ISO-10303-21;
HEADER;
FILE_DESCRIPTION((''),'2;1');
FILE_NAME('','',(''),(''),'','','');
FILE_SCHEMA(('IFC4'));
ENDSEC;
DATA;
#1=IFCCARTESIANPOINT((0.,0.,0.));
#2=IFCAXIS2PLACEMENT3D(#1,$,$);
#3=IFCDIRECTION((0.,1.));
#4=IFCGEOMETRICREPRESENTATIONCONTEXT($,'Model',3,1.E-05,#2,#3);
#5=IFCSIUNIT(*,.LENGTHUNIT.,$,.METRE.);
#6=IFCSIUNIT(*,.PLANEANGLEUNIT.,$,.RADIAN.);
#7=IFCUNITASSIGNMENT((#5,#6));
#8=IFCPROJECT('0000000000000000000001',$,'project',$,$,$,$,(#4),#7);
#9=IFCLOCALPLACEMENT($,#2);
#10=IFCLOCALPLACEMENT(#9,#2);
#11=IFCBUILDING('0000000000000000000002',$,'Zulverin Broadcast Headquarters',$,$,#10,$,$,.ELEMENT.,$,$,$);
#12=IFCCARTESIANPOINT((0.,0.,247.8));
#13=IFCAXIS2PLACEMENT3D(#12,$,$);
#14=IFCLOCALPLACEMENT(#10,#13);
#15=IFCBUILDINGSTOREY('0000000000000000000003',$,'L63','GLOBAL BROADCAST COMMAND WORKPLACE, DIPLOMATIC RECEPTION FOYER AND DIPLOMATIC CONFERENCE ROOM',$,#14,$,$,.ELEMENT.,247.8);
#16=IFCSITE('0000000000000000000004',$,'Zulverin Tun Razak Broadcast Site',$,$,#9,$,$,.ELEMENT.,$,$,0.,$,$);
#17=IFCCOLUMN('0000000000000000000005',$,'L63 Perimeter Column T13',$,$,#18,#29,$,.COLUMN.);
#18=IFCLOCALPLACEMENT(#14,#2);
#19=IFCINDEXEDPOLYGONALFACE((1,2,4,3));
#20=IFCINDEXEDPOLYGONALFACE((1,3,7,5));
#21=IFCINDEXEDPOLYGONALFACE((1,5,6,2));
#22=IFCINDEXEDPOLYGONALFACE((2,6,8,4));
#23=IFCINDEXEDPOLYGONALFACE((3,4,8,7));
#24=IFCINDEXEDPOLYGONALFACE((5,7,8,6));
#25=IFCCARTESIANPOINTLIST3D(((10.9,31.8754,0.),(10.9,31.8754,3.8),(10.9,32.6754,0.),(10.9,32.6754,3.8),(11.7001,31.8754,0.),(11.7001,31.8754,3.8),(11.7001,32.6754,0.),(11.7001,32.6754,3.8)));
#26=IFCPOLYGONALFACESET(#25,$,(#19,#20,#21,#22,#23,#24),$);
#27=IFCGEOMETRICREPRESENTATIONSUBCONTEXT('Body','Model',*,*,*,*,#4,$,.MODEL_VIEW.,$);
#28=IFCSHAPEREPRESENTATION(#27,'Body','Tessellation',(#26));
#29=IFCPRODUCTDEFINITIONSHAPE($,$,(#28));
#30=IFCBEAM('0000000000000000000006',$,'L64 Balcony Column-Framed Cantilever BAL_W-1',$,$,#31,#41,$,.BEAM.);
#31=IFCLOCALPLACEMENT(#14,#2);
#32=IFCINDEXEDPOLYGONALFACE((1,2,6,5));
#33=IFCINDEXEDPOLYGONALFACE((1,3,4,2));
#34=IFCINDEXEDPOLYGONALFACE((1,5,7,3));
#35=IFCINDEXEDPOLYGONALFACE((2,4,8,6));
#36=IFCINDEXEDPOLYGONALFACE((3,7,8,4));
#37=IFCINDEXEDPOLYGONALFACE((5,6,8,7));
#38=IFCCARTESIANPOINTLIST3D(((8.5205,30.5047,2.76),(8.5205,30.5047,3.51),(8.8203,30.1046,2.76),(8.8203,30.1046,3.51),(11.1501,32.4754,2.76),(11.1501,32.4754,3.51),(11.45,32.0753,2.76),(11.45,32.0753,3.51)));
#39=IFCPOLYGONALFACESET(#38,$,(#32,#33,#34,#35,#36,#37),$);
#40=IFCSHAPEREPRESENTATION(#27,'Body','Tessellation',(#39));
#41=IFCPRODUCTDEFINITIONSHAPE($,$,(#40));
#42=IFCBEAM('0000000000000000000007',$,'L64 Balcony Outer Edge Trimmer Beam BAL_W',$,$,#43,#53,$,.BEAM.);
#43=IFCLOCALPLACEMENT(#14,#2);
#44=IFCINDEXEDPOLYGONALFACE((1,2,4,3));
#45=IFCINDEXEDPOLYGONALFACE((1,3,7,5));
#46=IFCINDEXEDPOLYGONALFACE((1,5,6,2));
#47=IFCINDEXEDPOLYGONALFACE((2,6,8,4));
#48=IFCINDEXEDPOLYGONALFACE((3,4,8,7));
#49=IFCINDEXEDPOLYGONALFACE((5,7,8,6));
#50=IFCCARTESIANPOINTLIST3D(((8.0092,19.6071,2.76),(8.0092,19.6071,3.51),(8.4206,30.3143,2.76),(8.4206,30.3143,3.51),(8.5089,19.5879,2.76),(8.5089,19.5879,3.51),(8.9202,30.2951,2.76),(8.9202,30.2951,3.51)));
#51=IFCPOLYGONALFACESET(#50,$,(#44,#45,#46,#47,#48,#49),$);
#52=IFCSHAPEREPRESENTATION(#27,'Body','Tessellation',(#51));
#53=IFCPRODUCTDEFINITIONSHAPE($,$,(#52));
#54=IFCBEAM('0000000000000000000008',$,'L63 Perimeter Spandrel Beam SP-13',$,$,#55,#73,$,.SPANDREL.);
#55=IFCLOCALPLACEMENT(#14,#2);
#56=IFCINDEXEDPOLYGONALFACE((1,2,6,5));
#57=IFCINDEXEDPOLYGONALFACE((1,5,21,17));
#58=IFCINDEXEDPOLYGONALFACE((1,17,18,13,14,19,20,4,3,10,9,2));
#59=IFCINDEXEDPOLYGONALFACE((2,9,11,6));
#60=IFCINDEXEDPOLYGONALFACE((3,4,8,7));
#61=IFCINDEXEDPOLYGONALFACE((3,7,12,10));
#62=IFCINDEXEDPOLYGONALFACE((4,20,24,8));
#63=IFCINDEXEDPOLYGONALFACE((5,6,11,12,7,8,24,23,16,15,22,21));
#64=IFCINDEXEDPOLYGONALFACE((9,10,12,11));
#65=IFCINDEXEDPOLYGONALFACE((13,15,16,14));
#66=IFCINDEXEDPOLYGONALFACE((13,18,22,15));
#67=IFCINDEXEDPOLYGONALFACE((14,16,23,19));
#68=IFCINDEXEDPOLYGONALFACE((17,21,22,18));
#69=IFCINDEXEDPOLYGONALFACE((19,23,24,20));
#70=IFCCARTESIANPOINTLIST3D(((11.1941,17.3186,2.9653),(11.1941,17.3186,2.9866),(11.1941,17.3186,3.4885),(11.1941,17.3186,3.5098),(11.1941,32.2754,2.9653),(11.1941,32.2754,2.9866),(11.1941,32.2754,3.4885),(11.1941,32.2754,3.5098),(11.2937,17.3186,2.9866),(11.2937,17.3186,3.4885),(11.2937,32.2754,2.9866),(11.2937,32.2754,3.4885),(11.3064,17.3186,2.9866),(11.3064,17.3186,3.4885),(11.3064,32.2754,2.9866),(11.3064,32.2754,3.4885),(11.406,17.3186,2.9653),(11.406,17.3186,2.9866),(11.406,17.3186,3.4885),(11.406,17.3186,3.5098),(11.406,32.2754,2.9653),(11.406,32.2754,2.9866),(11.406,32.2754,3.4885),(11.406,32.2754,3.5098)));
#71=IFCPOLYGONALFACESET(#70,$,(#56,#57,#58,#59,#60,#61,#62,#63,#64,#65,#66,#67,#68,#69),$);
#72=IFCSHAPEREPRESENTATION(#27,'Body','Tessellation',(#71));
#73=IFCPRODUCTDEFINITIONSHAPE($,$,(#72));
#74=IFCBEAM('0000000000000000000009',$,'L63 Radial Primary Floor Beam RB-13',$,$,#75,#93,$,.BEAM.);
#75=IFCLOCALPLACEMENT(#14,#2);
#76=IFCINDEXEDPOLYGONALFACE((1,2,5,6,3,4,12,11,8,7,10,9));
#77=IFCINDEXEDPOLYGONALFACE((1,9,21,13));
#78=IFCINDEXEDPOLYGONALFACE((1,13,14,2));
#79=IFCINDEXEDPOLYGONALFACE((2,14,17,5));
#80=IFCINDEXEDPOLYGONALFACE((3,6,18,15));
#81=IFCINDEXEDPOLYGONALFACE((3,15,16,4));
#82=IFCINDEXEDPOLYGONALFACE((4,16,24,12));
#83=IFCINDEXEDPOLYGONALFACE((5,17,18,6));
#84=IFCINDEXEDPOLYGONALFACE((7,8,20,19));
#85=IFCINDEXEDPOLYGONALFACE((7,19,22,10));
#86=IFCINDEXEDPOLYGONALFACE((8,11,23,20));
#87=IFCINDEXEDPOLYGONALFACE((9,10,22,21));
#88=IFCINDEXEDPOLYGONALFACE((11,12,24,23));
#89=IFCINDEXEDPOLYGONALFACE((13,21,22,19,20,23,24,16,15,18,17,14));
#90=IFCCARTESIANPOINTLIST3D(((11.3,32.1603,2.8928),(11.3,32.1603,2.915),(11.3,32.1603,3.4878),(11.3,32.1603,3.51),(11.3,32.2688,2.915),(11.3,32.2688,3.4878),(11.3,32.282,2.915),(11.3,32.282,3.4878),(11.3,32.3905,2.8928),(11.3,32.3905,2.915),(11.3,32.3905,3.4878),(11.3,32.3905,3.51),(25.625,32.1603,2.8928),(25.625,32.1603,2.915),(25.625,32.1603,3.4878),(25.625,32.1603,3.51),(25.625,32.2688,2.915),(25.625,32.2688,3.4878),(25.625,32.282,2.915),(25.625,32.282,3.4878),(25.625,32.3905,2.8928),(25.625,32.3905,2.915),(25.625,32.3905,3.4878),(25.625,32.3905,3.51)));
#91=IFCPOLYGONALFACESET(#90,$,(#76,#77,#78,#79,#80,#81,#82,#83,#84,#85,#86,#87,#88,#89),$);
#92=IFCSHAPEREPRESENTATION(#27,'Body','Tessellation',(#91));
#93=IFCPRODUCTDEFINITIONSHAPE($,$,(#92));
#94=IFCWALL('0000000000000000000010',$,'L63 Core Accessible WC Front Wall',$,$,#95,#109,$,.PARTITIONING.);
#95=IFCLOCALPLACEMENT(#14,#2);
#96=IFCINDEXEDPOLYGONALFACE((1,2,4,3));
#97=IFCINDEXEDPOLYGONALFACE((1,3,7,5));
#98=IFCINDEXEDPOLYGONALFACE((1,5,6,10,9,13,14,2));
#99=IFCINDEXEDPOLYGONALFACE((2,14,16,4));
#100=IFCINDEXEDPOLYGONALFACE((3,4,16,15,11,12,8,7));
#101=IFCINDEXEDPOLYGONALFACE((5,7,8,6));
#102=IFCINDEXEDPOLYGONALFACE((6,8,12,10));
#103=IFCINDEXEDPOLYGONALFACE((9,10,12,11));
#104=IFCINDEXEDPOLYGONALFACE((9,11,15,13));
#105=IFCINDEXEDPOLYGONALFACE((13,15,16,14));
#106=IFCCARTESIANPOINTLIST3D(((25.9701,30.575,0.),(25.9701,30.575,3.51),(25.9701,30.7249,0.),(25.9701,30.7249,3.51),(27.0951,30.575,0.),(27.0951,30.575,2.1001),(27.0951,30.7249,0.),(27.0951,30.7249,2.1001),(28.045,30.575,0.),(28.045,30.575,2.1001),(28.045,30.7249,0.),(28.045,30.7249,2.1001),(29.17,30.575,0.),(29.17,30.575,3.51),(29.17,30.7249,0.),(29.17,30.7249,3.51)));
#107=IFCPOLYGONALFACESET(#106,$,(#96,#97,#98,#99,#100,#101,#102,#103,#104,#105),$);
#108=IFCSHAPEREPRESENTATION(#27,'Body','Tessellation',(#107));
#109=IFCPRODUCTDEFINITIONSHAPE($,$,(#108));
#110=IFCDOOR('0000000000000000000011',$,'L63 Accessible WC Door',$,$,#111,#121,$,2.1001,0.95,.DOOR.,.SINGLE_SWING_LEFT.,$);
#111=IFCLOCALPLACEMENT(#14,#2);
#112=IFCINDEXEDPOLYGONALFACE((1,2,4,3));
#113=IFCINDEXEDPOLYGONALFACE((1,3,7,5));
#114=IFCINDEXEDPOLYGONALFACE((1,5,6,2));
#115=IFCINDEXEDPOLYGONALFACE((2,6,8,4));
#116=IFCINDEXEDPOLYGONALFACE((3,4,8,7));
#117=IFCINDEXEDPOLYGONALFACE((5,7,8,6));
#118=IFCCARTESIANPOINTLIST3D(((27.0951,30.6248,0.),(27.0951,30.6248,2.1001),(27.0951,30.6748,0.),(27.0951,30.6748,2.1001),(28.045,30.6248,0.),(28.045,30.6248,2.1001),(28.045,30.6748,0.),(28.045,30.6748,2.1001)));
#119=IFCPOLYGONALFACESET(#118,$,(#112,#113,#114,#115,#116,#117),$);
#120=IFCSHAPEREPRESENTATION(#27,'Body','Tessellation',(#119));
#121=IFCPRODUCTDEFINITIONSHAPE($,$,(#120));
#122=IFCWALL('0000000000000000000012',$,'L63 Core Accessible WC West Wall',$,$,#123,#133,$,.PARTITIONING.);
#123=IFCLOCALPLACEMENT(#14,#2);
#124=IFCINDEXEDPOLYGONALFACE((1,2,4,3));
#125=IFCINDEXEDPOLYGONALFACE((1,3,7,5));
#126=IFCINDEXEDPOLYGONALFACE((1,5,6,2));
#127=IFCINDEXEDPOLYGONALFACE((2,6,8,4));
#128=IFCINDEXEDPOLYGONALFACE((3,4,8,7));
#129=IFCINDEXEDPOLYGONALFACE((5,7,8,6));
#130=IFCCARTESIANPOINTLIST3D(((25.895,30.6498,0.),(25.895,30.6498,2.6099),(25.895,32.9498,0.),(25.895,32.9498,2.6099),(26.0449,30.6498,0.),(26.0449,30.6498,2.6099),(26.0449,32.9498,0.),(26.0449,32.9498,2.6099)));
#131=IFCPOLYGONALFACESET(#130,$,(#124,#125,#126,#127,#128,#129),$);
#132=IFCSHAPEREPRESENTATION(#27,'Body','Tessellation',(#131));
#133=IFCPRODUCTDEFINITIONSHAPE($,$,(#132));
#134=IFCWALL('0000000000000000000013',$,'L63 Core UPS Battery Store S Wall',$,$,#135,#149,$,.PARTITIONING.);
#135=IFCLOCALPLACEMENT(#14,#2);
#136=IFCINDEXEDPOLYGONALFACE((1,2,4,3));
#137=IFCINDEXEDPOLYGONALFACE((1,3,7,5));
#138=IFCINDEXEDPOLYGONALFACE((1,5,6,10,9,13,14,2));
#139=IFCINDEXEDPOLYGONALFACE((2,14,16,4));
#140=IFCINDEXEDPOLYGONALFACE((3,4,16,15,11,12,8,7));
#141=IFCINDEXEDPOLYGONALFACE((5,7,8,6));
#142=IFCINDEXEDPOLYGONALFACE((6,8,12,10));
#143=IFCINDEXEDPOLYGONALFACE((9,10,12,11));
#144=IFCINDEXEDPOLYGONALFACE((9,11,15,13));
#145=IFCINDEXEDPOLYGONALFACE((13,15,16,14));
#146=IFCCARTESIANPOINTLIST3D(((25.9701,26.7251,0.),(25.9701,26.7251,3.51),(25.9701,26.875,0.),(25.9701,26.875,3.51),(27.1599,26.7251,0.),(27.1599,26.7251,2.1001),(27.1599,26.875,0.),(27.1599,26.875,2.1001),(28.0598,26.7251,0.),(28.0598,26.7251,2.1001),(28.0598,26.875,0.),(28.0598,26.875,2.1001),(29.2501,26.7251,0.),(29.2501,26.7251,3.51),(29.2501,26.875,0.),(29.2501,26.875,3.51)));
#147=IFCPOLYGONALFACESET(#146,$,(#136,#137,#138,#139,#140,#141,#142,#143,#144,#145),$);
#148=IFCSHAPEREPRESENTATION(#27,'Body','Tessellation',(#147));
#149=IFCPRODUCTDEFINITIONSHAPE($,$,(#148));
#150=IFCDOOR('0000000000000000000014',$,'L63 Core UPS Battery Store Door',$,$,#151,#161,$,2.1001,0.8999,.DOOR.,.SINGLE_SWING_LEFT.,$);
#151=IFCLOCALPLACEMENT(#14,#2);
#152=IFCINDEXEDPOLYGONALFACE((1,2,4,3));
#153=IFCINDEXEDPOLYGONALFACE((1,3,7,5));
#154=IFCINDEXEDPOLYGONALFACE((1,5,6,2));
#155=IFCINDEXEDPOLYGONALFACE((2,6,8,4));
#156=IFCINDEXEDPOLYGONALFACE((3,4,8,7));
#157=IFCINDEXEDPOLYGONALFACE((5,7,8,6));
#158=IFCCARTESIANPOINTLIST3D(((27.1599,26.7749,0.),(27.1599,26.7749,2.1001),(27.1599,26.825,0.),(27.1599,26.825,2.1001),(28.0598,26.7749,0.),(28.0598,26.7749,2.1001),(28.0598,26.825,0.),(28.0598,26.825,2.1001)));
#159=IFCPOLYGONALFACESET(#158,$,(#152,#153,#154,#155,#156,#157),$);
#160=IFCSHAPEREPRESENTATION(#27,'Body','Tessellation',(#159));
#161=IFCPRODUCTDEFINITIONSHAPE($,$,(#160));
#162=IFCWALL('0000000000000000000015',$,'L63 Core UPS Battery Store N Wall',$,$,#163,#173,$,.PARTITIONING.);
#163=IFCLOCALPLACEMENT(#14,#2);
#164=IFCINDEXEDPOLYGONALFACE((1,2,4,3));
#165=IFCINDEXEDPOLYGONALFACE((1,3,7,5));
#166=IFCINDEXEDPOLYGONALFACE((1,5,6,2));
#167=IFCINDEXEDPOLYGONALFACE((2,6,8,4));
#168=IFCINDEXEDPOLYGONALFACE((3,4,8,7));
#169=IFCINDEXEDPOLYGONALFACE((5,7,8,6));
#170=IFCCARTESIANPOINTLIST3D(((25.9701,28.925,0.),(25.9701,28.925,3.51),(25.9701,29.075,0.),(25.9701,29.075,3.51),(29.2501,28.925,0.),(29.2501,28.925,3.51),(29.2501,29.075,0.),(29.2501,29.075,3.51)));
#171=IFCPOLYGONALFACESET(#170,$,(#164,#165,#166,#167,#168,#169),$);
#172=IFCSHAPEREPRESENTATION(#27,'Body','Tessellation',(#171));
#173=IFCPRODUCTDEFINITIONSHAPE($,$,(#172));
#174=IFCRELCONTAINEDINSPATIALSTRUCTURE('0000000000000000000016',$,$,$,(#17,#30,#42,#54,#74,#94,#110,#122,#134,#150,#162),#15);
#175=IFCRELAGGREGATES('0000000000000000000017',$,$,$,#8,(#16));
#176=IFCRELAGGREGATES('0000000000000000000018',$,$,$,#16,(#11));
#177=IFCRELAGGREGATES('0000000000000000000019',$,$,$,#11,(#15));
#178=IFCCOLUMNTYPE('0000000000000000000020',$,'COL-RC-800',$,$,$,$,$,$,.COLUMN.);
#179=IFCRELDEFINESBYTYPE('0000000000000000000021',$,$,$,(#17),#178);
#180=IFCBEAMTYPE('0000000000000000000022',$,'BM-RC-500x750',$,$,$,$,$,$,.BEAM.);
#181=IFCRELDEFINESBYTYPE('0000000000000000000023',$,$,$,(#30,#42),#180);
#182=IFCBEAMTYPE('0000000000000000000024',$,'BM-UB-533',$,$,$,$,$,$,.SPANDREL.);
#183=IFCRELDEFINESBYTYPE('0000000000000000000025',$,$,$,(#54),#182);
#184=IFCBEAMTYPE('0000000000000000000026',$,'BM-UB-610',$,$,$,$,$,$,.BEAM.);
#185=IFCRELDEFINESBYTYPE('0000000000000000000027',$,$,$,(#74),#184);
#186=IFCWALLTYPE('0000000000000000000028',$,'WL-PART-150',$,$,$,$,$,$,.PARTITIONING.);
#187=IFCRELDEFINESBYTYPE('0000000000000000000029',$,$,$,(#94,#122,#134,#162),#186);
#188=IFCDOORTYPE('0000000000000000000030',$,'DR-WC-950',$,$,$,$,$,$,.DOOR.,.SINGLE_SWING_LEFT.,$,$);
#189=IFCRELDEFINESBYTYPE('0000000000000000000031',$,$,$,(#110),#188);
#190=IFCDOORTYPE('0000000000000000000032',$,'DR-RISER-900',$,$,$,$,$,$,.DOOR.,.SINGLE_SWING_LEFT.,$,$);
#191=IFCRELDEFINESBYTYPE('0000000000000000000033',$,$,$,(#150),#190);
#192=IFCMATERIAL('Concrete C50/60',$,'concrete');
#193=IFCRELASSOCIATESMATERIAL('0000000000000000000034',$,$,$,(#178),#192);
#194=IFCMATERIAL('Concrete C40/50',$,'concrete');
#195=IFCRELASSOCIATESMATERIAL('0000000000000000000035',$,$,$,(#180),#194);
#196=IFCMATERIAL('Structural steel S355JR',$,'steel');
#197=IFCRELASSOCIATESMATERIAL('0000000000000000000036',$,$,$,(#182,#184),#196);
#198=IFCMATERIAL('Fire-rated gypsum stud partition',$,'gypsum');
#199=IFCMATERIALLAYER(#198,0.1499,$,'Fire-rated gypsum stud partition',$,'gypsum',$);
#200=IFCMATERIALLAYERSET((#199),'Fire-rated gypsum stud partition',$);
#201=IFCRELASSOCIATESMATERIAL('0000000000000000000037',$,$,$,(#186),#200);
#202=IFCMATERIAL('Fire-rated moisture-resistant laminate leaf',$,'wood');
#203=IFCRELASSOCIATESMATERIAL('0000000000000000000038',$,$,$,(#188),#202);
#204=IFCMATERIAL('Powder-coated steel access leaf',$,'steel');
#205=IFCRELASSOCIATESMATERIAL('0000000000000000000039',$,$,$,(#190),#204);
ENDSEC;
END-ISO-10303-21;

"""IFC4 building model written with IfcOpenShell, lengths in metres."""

from ifc_helpers import new_model, si_unit, direction, frame, frame_2d, origin, origin_2d, place, context, subcontext, project, spatial, rectangle, i_section, extrude, material, layer, layer_set, material_profile, profile_set, type_object, element, fill, save


model = new_model("IFC4")

# Units and contexts
model_context = context("Model", 3, precision=1e-05, world=origin(), true_north=direction((0.0, 1.0)))
body_context = subcontext(model_context, "Body", "Model", "MODEL_VIEW")
ifc_project = project(units=[si_unit("LENGTHUNIT", "METRE"), si_unit("PLANEANGLEUNIT", "RADIAN")], contexts=[model_context])

# Site, building, storey
site_placement = place(None, origin())
site = spatial("IfcSite", under=ifc_project, at=site_placement, Name="Zulverin Tun Razak Broadcast Site", CompositionType="ELEMENT", RefElevation=0.0)
building_placement = place(site_placement, origin())
building = spatial("IfcBuilding", under=site, at=building_placement, Name="Zulverin Broadcast Headquarters", CompositionType="ELEMENT")
storey_placement = place(building_placement, frame((0.0, 0.0, 247.8)))
storey = spatial("IfcBuildingStorey", under=building, at=storey_placement, Name="L63", Description="GLOBAL BROADCAST COMMAND WORKPLACE, DIPLOMATIC RECEPTION FOYER AND DIPLOMATIC CONFERENCE ROOM", CompositionType="ELEMENT", Elevation=247.8)

# Column
ifc_material_1 = material(Name="Concrete C50/60", Category="concrete")
ifc_material_profile_1 = material_profile(ifc_material_1, rectangle(XDim=0.8, YDim=0.8, at=origin_2d()), Name="Concrete C50/60", Category="concrete")
ifc_profile_set_1 = profile_set([ifc_material_profile_1], Name="Concrete C50/60")
column_type = type_object("IfcColumnType", Name="COL-RC-800", PredefinedType="COLUMN", material=ifc_profile_set_1)
column_placement = place(storey_placement, frame((11.3, 32.2754, 0.0), z_axis=(0.0, 0.0, 1.0), x_axis=(1.0, 0.0, 0.0)))
element("IfcColumn", 1, at=column_placement, inside=storey, type_object=column_type, Name="L63 Perimeter Column T13", PredefinedType="COLUMN", context=body_context, shape_type="SweptSolid", body=[
    extrude(rectangle(XDim=0.8, YDim=0.8, at=origin_2d()), origin(), (0.0, 0.0, 1.0), 3.8),
])

# Beams
ifc_material_2 = material(Name="Concrete C40/50", Category="concrete")
ifc_material_profile_2 = material_profile(ifc_material_2, rectangle(XDim=0.5, YDim=0.75, at=origin_2d()), Name="Concrete C40/50", Category="concrete")
ifc_profile_set_2 = profile_set([ifc_material_profile_2], Name="Concrete C40/50")
beam_type_1 = type_object("IfcBeamType", Name="BM-RC-500x750", PredefinedType="BEAM", material=ifc_profile_set_2)
beam_1_placement = place(storey_placement, frame((11.3, 32.2754, 3.135), z_axis=(-0.800223, -0.599703, 0.0), x_axis=(0.599703, -0.800223, 0.0)))
element("IfcBeam", 2, at=beam_1_placement, inside=storey, type_object=beam_type_1, Name="L64 Balcony Column-Framed Cantilever BAL_W-1", PredefinedType="BEAM", context=body_context, shape_type="SweptSolid", body=[
    extrude(rectangle(XDim=0.5, YDim=0.75, at=origin_2d()), origin(), (0.0, 0.0, 1.0), 3.2861),
])
beam_2_placement = place(storey_placement, frame((8.6704, 30.3047, 3.135), z_axis=(-0.038392, -0.999263, 0.0), x_axis=(0.999263, -0.038392, 0.0)))
element("IfcBeam", 3, at=beam_2_placement, inside=storey, type_object=beam_type_1, Name="L64 Balcony Outer Edge Trimmer Beam BAL_W", PredefinedType="BEAM", context=body_context, shape_type="SweptSolid", body=[
    extrude(rectangle(XDim=0.5, YDim=0.75, at=origin_2d()), origin(), (0.0, 0.0, 1.0), 10.7151),
])
ifc_material_3 = material(Name="Structural steel S355JR", Category="steel")
ifc_material_profile_3 = material_profile(ifc_material_3, i_section(OverallWidth=0.2119, OverallDepth=0.5444, WebThickness=0.0127, FlangeThickness=0.0212, at=origin_2d()), Name="Structural steel S355JR", Category="steel")
ifc_profile_set_3 = profile_set([ifc_material_profile_3], Name="Structural steel S355JR")
beam_type_2 = type_object("IfcBeamType", Name="BM-UB-533", PredefinedType="SPANDREL", material=ifc_profile_set_3)
beam_3_placement = place(storey_placement, frame((11.3, 32.2754, 3.2375), z_axis=(0.0, -1.0, 0.0), x_axis=(1.0, 0.0, 0.0)))
element("IfcBeam", 4, at=beam_3_placement, inside=storey, type_object=beam_type_2, Name="L63 Perimeter Spandrel Beam SP-13", PredefinedType="SPANDREL", context=body_context, shape_type="SweptSolid", body=[
    extrude(i_section(OverallWidth=0.2119, OverallDepth=0.5444, WebThickness=0.0127, FlangeThickness=0.0212, at=origin_2d()), origin(), (0.0, 0.0, 1.0), 14.9568),
])
ifc_material_profile_4 = material_profile(ifc_material_3, i_section(OverallWidth=0.2302, OverallDepth=0.6172, WebThickness=0.0132, FlangeThickness=0.0222, at=origin_2d()), Name="Structural steel S355JR", Category="steel")
ifc_profile_set_4 = profile_set([ifc_material_profile_4], Name="Structural steel S355JR")
beam_type_3 = type_object("IfcBeamType", Name="BM-UB-610", PredefinedType="BEAM", material=ifc_profile_set_4)
beam_4_placement = place(storey_placement, frame((25.625, 32.2754, 3.2014), z_axis=(-1.0, 0.0, 0.0), x_axis=(0.0, -1.0, 0.0)))
element("IfcBeam", 5, at=beam_4_placement, inside=storey, type_object=beam_type_3, Name="L63 Radial Primary Floor Beam RB-13", PredefinedType="BEAM", context=body_context, shape_type="SweptSolid", body=[
    extrude(i_section(OverallWidth=0.2302, OverallDepth=0.6172, WebThickness=0.0132, FlangeThickness=0.0222, at=origin_2d()), origin(), (0.0, 0.0, 1.0), 14.325),
])

# Wall, opening, door
ifc_material_4 = material(Name="Fire-rated gypsum stud partition", Category="gypsum")
ifc_layer_1 = layer(ifc_material_4, 0.1499, Name="Fire-rated gypsum stud partition", Category="gypsum")
ifc_layer_set_1 = layer_set([ifc_layer_1], Name="Fire-rated gypsum stud partition")
wall_type = type_object("IfcWallType", Name="WL-PART-150", PredefinedType="PARTITIONING", material=ifc_layer_set_1)
wall_1_placement = place(storey_placement, frame((25.97, 30.6499, 0.0), z_axis=(0.0, 0.0, 1.0), x_axis=(1.0, 0.0, 0.0)))
wall_1 = element("IfcWall", 6, at=wall_1_placement, inside=storey, type_object=wall_type, Name="L63 Core Accessible WC Front Wall", PredefinedType="PARTITIONING", context=body_context, shape_type="SweptSolid", body=[
    extrude(rectangle(XDim=3.2, YDim=0.1499, at=frame_2d((1.6001, 0.0))), origin(), (0.0, 0.0, 1.0), 3.51),
])
opening_1_placement = place(wall_1_placement, frame((1.125, 0.0, 0.0)))
opening_1 = element("IfcOpeningElement", 7, at=opening_1_placement, cuts=wall_1, PredefinedType="OPENING", context=body_context, shape_type="SweptSolid", body=[
    extrude(rectangle(XDim=0.95, YDim=2.1001, at=frame_2d((0.4751, 1.05))), frame((0.0, 0.085, 0.0), z_axis=(0.0, -1.0, 0.0), x_axis=(1.0, 0.0, 0.0)), (0.0, 0.0, 1.0), 0.1699),
])
ifc_material_5 = material(Name="Fire-rated moisture-resistant laminate leaf", Category="wood")
door_type_1 = type_object("IfcDoorType", Name="DR-WC-950", OperationType="SINGLE_SWING_LEFT", PredefinedType="DOOR", material=ifc_material_5)
door_1_placement = place(opening_1_placement, origin())
door_1 = element("IfcDoor", 8, at=door_1_placement, inside=storey, type_object=door_type_1, Name="L63 Accessible WC Door", OperationType="SINGLE_SWING_LEFT", OverallHeight=2.1001, OverallWidth=0.95, PredefinedType="DOOR", context=body_context, shape_type="SweptSolid", body=[
    extrude(rectangle(XDim=0.95, YDim=2.1001, at=frame_2d((0.4751, 1.05))), frame((0.0, 0.0249, 0.0), z_axis=(0.0, -1.0, 0.0), x_axis=(1.0, 0.0, 0.0)), (0.0, 0.0, 1.0), 0.05),
])
fill(opening_1, door_1)

# Wall
wall_2_placement = place(storey_placement, frame((25.97, 30.6499, 0.0), z_axis=(0.0, 0.0, 1.0), x_axis=(0.0, 1.0, 0.0)))
element("IfcWall", 9, at=wall_2_placement, inside=storey, type_object=wall_type, Name="L63 Core Accessible WC West Wall", PredefinedType="PARTITIONING", context=body_context, shape_type="SweptSolid", body=[
    extrude(rectangle(XDim=2.3, YDim=0.1499, at=frame_2d((1.1499, 0.0))), origin(), (0.0, 0.0, 1.0), 2.6099),
])

# Wall, opening, door
wall_3_placement = place(storey_placement, frame((25.97, 26.8, 0.0), z_axis=(0.0, 0.0, 1.0), x_axis=(1.0, 0.0, 0.0)))
wall_3 = element("IfcWall", 10, at=wall_3_placement, inside=storey, type_object=wall_type, Name="L63 Core UPS Battery Store S Wall", PredefinedType="PARTITIONING", context=body_context, shape_type="SweptSolid", body=[
    extrude(rectangle(XDim=3.28, YDim=0.1499, at=frame_2d((1.6401, 0.0))), origin(), (0.0, 0.0, 1.0), 3.51),
])
opening_2_placement = place(wall_3_placement, frame((1.1899, 0.0, 0.0)))
opening_2 = element("IfcOpeningElement", 11, at=opening_2_placement, cuts=wall_3, PredefinedType="OPENING", context=body_context, shape_type="SweptSolid", body=[
    extrude(rectangle(XDim=0.8999, YDim=2.1001, at=frame_2d((0.45, 1.05))), frame((0.0, 0.085, 0.0), z_axis=(0.0, -1.0, 0.0), x_axis=(1.0, 0.0, 0.0)), (0.0, 0.0, 1.0), 0.1699),
])
ifc_material_6 = material(Name="Powder-coated steel access leaf", Category="steel")
door_type_2 = type_object("IfcDoorType", Name="DR-RISER-900", OperationType="SINGLE_SWING_LEFT", PredefinedType="DOOR", material=ifc_material_6)
door_2_placement = place(opening_2_placement, origin())
door_2 = element("IfcDoor", 12, at=door_2_placement, inside=storey, type_object=door_type_2, Name="L63 Core UPS Battery Store Door", OperationType="SINGLE_SWING_LEFT", OverallHeight=2.1001, OverallWidth=0.8999, PredefinedType="DOOR", context=body_context, shape_type="SweptSolid", body=[
    extrude(rectangle(XDim=0.8999, YDim=2.1001, at=frame_2d((0.45, 1.05))), frame((0.0, 0.0249, 0.0), z_axis=(0.0, -1.0, 0.0), x_axis=(1.0, 0.0, 0.0)), (0.0, 0.0, 1.0), 0.05),
])
fill(opening_2, door_2)

# Wall
wall_4_placement = place(storey_placement, frame((25.97, 29.0, 0.0), z_axis=(0.0, 0.0, 1.0), x_axis=(1.0, 0.0, 0.0)))
element("IfcWall", 13, at=wall_4_placement, inside=storey, type_object=wall_type, Name="L63 Core UPS Battery Store N Wall", PredefinedType="PARTITIONING", context=body_context, shape_type="SweptSolid", body=[
    extrude(rectangle(XDim=3.28, YDim=0.1499, at=frame_2d((1.6401, 0.0))), origin(), (0.0, 0.0, 1.0), 3.51),
])

save(model, "model.ifc")
